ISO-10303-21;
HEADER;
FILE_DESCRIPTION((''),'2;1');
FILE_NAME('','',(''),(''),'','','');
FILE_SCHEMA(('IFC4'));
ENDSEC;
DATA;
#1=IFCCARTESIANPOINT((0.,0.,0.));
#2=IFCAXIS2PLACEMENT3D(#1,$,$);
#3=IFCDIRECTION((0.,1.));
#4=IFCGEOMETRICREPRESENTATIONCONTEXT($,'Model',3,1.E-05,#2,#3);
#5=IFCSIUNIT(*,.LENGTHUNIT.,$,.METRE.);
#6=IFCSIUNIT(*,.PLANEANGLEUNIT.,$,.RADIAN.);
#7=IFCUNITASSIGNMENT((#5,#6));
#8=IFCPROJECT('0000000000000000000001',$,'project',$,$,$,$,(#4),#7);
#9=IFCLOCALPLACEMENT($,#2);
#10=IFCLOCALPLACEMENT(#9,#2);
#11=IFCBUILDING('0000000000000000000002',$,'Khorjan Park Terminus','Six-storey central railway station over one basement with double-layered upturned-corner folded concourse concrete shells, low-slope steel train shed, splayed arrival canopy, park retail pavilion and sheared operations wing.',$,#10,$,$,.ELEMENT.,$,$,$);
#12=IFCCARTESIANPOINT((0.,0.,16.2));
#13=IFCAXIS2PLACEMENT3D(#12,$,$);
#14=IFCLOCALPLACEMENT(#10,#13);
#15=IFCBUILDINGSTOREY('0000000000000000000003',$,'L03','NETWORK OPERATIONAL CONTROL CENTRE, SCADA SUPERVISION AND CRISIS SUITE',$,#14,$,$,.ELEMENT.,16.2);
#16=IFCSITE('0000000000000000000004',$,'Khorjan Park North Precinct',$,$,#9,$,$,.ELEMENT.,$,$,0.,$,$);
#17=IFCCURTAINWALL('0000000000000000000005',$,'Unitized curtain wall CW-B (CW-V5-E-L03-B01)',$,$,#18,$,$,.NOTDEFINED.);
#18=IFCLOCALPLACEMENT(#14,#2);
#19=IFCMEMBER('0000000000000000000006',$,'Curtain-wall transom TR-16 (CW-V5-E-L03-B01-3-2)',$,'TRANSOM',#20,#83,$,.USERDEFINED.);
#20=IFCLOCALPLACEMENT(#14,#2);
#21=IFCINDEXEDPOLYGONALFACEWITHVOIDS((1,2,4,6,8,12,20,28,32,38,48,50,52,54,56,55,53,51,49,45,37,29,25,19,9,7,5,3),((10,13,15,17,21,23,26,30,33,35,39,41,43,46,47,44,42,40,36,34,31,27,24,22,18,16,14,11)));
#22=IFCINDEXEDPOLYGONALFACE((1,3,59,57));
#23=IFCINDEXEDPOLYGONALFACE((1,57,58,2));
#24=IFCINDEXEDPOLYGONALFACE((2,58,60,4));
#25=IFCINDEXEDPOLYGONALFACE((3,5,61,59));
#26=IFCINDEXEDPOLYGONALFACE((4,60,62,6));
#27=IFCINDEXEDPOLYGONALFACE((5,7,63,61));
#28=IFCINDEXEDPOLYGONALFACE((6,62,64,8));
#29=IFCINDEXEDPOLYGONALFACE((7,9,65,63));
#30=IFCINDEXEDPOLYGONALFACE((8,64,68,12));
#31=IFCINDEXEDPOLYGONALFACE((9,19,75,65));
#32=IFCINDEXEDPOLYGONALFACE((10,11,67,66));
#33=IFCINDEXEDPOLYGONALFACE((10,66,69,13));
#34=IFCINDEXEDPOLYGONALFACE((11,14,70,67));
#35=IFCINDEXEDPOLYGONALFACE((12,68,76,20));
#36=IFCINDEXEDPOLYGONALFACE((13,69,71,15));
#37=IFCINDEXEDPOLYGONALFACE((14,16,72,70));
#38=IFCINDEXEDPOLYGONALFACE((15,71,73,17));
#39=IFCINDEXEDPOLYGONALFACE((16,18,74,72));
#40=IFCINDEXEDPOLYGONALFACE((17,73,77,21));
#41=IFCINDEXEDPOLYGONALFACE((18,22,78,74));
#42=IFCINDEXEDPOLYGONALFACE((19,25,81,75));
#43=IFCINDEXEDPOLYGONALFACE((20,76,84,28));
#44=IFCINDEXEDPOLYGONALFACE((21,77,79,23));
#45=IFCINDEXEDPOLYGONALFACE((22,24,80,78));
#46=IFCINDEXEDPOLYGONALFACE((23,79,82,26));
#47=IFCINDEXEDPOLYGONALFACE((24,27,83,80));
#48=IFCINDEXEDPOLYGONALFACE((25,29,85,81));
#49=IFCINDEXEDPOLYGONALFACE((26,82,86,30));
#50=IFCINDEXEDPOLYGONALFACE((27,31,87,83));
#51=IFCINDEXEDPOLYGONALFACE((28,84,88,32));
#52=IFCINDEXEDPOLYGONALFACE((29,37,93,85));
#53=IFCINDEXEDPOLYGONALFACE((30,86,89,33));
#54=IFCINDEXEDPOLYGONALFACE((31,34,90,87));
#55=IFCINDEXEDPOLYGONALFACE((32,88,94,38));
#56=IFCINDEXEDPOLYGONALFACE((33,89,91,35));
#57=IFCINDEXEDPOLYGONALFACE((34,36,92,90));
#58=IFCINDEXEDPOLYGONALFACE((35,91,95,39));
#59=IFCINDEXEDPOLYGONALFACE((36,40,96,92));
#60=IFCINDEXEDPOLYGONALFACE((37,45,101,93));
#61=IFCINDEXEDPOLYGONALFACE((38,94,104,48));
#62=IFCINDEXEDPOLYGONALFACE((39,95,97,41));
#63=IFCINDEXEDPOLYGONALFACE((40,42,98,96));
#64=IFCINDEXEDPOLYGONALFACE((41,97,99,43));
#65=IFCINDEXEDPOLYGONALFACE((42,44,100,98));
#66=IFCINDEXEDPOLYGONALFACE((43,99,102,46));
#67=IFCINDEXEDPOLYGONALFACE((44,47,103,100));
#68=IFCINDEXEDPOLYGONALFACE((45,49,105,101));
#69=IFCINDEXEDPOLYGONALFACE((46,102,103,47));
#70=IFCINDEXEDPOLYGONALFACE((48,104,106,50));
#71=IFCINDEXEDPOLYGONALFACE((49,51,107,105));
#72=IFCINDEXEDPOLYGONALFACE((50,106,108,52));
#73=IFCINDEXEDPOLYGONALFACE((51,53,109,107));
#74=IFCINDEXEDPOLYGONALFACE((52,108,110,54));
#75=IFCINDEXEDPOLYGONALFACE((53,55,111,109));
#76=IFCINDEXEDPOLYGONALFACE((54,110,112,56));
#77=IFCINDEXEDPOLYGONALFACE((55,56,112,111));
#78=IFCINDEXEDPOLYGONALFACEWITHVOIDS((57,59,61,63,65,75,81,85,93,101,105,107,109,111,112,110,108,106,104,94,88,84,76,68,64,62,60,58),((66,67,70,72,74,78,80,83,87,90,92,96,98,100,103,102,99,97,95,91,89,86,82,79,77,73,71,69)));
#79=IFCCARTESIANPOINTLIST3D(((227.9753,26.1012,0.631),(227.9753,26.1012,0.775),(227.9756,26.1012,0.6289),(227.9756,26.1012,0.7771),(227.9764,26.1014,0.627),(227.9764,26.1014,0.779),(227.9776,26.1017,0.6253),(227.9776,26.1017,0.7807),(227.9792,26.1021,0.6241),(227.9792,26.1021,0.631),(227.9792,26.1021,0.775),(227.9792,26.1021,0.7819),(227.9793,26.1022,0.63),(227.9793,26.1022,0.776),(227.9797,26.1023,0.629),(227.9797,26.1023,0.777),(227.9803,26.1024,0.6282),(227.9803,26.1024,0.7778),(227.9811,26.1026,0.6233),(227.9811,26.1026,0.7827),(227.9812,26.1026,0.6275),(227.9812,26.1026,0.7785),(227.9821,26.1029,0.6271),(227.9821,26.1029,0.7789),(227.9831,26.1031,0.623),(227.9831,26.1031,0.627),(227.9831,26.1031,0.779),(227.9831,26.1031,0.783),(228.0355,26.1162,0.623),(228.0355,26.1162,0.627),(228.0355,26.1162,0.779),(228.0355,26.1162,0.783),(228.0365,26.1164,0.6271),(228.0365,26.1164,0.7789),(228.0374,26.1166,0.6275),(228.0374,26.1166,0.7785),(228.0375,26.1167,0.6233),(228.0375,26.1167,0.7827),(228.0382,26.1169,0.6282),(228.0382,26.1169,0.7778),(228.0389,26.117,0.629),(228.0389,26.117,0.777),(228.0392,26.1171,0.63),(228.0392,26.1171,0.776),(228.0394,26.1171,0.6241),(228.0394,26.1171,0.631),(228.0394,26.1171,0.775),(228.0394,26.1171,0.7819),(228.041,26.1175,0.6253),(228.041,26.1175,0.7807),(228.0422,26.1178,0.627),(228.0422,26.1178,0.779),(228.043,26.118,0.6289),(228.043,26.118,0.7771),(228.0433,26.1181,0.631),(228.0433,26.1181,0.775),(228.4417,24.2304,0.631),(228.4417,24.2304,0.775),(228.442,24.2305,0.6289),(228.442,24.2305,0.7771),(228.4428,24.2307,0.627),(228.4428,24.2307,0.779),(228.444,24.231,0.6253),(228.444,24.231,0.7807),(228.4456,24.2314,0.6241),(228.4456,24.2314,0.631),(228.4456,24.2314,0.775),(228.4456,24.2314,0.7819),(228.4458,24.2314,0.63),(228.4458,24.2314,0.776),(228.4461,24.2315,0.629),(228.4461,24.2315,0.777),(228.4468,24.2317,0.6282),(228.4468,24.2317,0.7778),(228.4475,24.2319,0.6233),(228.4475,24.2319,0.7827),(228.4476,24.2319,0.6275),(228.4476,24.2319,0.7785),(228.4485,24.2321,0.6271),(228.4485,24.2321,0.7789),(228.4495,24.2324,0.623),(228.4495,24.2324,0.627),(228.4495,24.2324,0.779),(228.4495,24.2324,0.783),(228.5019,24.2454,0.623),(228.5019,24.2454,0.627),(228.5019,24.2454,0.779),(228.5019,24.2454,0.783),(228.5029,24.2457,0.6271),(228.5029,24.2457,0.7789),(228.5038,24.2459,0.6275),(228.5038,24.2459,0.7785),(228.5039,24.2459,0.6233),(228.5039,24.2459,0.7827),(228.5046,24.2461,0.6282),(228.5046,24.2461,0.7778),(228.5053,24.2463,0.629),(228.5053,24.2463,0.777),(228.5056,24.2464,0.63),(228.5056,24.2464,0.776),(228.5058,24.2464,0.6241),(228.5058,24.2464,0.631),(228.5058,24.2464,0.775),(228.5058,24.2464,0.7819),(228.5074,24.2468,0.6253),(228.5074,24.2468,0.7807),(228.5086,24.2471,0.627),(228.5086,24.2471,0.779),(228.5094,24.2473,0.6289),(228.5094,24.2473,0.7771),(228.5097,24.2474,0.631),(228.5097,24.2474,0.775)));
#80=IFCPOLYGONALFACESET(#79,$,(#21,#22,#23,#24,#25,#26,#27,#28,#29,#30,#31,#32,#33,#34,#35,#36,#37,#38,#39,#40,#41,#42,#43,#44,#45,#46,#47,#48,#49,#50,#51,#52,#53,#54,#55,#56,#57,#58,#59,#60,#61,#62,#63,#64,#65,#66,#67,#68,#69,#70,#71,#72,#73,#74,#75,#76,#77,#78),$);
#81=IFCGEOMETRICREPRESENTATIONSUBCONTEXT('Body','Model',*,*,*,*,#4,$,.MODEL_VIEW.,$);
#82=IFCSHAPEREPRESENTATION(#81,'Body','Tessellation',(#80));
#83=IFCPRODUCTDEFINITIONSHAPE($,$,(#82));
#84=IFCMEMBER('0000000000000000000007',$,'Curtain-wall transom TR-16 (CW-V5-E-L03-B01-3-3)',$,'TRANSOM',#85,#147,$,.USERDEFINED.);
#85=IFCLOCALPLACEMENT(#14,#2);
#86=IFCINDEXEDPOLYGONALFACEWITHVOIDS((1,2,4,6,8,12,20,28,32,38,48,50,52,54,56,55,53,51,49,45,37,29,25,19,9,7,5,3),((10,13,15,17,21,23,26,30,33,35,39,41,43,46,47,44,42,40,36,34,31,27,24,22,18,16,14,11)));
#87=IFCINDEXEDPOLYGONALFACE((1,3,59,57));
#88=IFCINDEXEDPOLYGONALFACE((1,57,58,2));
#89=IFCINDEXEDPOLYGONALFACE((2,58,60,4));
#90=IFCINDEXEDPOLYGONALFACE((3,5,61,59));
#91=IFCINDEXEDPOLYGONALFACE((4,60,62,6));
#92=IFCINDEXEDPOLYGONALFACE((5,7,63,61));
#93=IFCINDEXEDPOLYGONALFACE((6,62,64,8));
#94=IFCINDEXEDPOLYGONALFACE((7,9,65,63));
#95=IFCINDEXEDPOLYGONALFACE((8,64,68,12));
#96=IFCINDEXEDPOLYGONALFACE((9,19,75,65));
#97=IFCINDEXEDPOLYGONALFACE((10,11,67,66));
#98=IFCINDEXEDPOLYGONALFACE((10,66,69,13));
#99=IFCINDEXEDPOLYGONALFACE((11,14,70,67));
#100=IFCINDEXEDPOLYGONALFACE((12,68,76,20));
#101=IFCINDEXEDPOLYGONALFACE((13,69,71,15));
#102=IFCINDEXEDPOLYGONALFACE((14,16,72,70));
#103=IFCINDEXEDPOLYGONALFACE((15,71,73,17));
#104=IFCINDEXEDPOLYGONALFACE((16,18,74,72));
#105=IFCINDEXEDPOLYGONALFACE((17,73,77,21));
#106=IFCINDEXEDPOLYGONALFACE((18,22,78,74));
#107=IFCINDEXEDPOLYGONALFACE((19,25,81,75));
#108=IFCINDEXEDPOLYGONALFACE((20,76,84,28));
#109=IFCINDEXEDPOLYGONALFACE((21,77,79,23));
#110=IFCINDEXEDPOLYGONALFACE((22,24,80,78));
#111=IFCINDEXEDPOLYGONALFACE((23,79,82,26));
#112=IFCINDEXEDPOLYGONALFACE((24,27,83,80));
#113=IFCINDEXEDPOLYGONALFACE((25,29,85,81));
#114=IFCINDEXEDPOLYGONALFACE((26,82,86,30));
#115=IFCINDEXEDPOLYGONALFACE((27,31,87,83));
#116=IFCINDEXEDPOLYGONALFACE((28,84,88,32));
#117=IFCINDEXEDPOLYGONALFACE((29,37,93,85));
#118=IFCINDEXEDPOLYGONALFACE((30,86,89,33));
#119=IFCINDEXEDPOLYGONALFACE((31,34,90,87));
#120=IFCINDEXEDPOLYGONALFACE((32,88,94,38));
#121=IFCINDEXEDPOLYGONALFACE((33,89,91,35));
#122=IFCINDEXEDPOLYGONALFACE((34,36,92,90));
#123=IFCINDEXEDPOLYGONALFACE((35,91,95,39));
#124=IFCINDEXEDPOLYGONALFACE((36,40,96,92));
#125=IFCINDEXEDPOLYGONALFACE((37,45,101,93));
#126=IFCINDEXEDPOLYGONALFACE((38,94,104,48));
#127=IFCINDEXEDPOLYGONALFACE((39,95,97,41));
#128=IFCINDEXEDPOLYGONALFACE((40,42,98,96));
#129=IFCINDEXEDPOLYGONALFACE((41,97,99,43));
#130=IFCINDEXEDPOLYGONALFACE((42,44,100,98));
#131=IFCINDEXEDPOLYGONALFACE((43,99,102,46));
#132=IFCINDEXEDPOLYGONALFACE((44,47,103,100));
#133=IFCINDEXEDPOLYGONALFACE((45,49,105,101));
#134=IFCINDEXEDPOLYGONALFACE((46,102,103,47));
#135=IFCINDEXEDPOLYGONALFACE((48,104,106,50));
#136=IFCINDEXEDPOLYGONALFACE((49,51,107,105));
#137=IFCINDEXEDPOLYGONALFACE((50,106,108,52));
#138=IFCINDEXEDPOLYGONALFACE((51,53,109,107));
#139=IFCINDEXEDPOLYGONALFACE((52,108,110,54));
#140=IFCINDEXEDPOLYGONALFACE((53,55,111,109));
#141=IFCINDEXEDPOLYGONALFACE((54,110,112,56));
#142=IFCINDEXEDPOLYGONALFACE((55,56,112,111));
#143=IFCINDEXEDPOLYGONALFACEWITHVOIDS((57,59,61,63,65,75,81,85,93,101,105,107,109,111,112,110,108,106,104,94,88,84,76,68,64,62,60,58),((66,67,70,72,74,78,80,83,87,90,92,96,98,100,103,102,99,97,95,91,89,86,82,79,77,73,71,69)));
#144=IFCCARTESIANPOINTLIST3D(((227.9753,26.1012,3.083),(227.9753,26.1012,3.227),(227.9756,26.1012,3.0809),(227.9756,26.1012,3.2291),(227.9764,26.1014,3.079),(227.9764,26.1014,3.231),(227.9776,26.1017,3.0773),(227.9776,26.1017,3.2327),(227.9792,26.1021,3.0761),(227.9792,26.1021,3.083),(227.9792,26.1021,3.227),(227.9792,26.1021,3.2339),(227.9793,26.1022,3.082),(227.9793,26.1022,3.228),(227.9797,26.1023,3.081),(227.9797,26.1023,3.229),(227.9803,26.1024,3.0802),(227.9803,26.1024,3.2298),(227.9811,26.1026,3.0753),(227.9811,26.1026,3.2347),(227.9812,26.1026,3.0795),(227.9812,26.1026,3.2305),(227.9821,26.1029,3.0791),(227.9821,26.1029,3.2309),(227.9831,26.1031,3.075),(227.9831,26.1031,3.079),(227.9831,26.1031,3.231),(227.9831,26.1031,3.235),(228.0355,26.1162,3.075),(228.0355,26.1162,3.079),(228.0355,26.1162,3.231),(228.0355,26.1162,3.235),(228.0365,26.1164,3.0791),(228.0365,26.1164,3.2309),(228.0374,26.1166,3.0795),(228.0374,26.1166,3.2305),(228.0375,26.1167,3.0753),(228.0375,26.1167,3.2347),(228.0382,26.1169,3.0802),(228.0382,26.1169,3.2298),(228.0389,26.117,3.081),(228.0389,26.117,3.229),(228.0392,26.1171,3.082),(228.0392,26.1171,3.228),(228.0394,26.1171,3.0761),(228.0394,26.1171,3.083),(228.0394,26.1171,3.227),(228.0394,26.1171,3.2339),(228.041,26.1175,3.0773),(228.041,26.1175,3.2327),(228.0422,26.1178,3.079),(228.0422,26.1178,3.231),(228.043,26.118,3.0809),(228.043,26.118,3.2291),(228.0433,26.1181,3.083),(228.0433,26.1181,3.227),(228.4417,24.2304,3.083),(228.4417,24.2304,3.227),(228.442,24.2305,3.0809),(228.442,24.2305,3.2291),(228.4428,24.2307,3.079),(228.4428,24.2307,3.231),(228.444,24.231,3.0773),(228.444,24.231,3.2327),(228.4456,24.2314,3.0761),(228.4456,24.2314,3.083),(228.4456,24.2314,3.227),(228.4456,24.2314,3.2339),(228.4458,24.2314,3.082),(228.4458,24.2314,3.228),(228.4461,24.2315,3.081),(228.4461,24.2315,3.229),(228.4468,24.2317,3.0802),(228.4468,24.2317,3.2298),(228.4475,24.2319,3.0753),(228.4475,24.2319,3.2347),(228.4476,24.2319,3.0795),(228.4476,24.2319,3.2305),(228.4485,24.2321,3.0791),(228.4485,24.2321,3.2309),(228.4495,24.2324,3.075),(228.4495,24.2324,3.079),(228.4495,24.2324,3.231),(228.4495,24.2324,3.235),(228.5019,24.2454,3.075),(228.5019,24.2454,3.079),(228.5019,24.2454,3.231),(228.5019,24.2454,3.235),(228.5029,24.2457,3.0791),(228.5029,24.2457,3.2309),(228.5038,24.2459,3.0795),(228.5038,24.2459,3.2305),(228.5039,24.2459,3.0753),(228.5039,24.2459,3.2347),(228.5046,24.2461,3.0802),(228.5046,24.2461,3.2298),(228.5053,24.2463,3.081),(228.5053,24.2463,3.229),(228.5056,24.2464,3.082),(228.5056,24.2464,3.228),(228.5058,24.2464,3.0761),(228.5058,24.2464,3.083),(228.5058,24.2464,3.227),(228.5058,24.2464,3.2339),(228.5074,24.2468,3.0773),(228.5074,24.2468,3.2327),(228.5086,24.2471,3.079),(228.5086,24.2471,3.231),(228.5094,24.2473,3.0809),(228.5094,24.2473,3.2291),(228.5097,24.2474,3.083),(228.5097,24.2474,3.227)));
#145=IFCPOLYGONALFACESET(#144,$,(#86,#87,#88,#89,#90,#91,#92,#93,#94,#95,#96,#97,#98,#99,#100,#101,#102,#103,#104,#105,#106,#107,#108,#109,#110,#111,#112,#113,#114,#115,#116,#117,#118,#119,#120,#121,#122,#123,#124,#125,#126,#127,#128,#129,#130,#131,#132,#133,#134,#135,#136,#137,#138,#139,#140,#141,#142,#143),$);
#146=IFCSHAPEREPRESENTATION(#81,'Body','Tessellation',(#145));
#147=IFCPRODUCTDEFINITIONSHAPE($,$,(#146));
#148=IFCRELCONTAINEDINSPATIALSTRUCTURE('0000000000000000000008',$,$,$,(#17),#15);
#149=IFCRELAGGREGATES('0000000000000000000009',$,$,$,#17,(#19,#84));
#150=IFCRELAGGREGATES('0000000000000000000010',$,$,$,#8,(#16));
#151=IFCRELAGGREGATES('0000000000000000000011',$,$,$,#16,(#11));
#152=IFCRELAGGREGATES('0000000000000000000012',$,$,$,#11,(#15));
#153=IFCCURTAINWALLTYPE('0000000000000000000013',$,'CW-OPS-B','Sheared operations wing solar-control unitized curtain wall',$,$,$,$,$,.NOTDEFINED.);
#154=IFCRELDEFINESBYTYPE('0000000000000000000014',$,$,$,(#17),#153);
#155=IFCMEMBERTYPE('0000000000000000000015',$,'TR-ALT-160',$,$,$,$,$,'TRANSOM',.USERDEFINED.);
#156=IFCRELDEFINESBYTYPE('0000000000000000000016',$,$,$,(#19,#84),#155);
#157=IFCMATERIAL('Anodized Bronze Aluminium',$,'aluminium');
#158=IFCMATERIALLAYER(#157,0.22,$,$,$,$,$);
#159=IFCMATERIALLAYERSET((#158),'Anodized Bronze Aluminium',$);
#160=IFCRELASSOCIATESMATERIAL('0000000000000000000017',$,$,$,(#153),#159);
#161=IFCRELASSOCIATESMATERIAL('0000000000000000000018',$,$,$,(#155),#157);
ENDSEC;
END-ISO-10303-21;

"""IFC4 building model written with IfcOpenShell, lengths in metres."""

from ifc_helpers import new_model, si_unit, direction, frame, origin, origin_2d, place, context, subcontext, project, spatial, hollow_rectangle, extrude, material, layer, layer_set, material_profile, profile_set, type_object, element, aggregate, save


model = new_model("IFC4")

# Units and contexts
model_context = context("Model", 3, precision=1e-05, world=origin(), true_north=direction((0.0, 1.0)))
body_context = subcontext(model_context, "Body", "Model", "MODEL_VIEW")
ifc_project = project(units=[si_unit("LENGTHUNIT", "METRE"), si_unit("PLANEANGLEUNIT", "RADIAN")], contexts=[model_context])

# Site, building, storey
site_placement = place(None, origin())
site = spatial("IfcSite", under=ifc_project, at=site_placement, Name="Khorjan Park North Precinct", CompositionType="ELEMENT", RefElevation=0.0)
building_placement = place(site_placement, origin())
building = spatial("IfcBuilding", under=site, at=building_placement, Name="Khorjan Park Terminus", Description="Six-storey central railway station over one basement with double-layered upturned-corner folded concourse concrete shells, low-slope steel train shed, splayed arrival canopy, park retail pavilion and sheared operations wing.", CompositionType="ELEMENT")
storey_placement = place(building_placement, frame((0.0, 0.0, 16.2)))
storey = spatial("IfcBuildingStorey", under=building, at=storey_placement, Name="L03", Description="NETWORK OPERATIONAL CONTROL CENTRE, SCADA SUPERVISION AND CRISIS SUITE", CompositionType="ELEMENT", Elevation=16.2)

# Curtain wall, members
ifc_material_1 = material(Name="Anodized Bronze Aluminium", Category="aluminium")
ifc_layer_1 = layer(ifc_material_1, 0.22)
ifc_layer_set_1 = layer_set([ifc_layer_1], Name="Anodized Bronze Aluminium")
curtain_wall_type = type_object("IfcCurtainWallType", Name="CW-OPS-B", Description="Sheared operations wing solar-control unitized curtain wall", PredefinedType="NOTDEFINED", material=ifc_layer_set_1)
curtain_wall_placement = place(storey_placement, origin())
curtain_wall = element("IfcCurtainWall", 1, at=curtain_wall_placement, inside=storey, type_object=curtain_wall_type, Name="Unitized curtain wall CW-B (CW-V5-E-L03-B01)", PredefinedType="NOTDEFINED")
ifc_material_profile_1 = material_profile(ifc_material_1, hollow_rectangle(XDim=0.07, YDim=0.16, WallThickness=0.004, InnerFilletRadius=0.004, OuterFilletRadius=0.008, at=origin_2d()), Name="ALT 70x160x4")
ifc_profile_set_1 = profile_set([ifc_material_profile_1], Name="Anodized Bronze Aluminium")
member_type_1 = type_object("IfcMemberType", Name="TR-ALT-160", ElementType="TRANSOM", PredefinedType="USERDEFINED", material=ifc_profile_set_1)
member_1_placement = place(storey_placement, frame((228.4757, 24.2389, 0.703), z_axis=(-0.241913, 0.970298, 0.0), x_axis=(-0.970298, -0.241913, 0.0)))
member_1 = element("IfcMember", 2, at=member_1_placement, type_object=member_type_1, Name="Curtain-wall transom TR-16 (CW-V5-E-L03-B01-3-2)", ObjectType="TRANSOM", PredefinedType="USERDEFINED", context=body_context, shape_type="SweptSolid", body=[
    extrude(hollow_rectangle(XDim=0.07, YDim=0.16, WallThickness=0.004, InnerFilletRadius=0.004, OuterFilletRadius=0.008, at=origin_2d()), origin(), (0.0, 0.0, 1.0), 1.928),
])
member_2_placement = place(storey_placement, frame((228.4757, 24.2389, 3.155), z_axis=(-0.241913, 0.970298, 0.0), x_axis=(-0.970298, -0.241913, 0.0)))
member_2 = element("IfcMember", 3, at=member_2_placement, type_object=member_type_1, Name="Curtain-wall transom TR-16 (CW-V5-E-L03-B01-3-3)", ObjectType="TRANSOM", PredefinedType="USERDEFINED", context=body_context, shape_type="SweptSolid", body=[
    extrude(hollow_rectangle(XDim=0.07, YDim=0.16, WallThickness=0.004, InnerFilletRadius=0.004, OuterFilletRadius=0.008, at=origin_2d()), origin(), (0.0, 0.0, 1.0), 1.928),
])
aggregate(curtain_wall, [member_1, member_2])

save(model, "model.ifc")
